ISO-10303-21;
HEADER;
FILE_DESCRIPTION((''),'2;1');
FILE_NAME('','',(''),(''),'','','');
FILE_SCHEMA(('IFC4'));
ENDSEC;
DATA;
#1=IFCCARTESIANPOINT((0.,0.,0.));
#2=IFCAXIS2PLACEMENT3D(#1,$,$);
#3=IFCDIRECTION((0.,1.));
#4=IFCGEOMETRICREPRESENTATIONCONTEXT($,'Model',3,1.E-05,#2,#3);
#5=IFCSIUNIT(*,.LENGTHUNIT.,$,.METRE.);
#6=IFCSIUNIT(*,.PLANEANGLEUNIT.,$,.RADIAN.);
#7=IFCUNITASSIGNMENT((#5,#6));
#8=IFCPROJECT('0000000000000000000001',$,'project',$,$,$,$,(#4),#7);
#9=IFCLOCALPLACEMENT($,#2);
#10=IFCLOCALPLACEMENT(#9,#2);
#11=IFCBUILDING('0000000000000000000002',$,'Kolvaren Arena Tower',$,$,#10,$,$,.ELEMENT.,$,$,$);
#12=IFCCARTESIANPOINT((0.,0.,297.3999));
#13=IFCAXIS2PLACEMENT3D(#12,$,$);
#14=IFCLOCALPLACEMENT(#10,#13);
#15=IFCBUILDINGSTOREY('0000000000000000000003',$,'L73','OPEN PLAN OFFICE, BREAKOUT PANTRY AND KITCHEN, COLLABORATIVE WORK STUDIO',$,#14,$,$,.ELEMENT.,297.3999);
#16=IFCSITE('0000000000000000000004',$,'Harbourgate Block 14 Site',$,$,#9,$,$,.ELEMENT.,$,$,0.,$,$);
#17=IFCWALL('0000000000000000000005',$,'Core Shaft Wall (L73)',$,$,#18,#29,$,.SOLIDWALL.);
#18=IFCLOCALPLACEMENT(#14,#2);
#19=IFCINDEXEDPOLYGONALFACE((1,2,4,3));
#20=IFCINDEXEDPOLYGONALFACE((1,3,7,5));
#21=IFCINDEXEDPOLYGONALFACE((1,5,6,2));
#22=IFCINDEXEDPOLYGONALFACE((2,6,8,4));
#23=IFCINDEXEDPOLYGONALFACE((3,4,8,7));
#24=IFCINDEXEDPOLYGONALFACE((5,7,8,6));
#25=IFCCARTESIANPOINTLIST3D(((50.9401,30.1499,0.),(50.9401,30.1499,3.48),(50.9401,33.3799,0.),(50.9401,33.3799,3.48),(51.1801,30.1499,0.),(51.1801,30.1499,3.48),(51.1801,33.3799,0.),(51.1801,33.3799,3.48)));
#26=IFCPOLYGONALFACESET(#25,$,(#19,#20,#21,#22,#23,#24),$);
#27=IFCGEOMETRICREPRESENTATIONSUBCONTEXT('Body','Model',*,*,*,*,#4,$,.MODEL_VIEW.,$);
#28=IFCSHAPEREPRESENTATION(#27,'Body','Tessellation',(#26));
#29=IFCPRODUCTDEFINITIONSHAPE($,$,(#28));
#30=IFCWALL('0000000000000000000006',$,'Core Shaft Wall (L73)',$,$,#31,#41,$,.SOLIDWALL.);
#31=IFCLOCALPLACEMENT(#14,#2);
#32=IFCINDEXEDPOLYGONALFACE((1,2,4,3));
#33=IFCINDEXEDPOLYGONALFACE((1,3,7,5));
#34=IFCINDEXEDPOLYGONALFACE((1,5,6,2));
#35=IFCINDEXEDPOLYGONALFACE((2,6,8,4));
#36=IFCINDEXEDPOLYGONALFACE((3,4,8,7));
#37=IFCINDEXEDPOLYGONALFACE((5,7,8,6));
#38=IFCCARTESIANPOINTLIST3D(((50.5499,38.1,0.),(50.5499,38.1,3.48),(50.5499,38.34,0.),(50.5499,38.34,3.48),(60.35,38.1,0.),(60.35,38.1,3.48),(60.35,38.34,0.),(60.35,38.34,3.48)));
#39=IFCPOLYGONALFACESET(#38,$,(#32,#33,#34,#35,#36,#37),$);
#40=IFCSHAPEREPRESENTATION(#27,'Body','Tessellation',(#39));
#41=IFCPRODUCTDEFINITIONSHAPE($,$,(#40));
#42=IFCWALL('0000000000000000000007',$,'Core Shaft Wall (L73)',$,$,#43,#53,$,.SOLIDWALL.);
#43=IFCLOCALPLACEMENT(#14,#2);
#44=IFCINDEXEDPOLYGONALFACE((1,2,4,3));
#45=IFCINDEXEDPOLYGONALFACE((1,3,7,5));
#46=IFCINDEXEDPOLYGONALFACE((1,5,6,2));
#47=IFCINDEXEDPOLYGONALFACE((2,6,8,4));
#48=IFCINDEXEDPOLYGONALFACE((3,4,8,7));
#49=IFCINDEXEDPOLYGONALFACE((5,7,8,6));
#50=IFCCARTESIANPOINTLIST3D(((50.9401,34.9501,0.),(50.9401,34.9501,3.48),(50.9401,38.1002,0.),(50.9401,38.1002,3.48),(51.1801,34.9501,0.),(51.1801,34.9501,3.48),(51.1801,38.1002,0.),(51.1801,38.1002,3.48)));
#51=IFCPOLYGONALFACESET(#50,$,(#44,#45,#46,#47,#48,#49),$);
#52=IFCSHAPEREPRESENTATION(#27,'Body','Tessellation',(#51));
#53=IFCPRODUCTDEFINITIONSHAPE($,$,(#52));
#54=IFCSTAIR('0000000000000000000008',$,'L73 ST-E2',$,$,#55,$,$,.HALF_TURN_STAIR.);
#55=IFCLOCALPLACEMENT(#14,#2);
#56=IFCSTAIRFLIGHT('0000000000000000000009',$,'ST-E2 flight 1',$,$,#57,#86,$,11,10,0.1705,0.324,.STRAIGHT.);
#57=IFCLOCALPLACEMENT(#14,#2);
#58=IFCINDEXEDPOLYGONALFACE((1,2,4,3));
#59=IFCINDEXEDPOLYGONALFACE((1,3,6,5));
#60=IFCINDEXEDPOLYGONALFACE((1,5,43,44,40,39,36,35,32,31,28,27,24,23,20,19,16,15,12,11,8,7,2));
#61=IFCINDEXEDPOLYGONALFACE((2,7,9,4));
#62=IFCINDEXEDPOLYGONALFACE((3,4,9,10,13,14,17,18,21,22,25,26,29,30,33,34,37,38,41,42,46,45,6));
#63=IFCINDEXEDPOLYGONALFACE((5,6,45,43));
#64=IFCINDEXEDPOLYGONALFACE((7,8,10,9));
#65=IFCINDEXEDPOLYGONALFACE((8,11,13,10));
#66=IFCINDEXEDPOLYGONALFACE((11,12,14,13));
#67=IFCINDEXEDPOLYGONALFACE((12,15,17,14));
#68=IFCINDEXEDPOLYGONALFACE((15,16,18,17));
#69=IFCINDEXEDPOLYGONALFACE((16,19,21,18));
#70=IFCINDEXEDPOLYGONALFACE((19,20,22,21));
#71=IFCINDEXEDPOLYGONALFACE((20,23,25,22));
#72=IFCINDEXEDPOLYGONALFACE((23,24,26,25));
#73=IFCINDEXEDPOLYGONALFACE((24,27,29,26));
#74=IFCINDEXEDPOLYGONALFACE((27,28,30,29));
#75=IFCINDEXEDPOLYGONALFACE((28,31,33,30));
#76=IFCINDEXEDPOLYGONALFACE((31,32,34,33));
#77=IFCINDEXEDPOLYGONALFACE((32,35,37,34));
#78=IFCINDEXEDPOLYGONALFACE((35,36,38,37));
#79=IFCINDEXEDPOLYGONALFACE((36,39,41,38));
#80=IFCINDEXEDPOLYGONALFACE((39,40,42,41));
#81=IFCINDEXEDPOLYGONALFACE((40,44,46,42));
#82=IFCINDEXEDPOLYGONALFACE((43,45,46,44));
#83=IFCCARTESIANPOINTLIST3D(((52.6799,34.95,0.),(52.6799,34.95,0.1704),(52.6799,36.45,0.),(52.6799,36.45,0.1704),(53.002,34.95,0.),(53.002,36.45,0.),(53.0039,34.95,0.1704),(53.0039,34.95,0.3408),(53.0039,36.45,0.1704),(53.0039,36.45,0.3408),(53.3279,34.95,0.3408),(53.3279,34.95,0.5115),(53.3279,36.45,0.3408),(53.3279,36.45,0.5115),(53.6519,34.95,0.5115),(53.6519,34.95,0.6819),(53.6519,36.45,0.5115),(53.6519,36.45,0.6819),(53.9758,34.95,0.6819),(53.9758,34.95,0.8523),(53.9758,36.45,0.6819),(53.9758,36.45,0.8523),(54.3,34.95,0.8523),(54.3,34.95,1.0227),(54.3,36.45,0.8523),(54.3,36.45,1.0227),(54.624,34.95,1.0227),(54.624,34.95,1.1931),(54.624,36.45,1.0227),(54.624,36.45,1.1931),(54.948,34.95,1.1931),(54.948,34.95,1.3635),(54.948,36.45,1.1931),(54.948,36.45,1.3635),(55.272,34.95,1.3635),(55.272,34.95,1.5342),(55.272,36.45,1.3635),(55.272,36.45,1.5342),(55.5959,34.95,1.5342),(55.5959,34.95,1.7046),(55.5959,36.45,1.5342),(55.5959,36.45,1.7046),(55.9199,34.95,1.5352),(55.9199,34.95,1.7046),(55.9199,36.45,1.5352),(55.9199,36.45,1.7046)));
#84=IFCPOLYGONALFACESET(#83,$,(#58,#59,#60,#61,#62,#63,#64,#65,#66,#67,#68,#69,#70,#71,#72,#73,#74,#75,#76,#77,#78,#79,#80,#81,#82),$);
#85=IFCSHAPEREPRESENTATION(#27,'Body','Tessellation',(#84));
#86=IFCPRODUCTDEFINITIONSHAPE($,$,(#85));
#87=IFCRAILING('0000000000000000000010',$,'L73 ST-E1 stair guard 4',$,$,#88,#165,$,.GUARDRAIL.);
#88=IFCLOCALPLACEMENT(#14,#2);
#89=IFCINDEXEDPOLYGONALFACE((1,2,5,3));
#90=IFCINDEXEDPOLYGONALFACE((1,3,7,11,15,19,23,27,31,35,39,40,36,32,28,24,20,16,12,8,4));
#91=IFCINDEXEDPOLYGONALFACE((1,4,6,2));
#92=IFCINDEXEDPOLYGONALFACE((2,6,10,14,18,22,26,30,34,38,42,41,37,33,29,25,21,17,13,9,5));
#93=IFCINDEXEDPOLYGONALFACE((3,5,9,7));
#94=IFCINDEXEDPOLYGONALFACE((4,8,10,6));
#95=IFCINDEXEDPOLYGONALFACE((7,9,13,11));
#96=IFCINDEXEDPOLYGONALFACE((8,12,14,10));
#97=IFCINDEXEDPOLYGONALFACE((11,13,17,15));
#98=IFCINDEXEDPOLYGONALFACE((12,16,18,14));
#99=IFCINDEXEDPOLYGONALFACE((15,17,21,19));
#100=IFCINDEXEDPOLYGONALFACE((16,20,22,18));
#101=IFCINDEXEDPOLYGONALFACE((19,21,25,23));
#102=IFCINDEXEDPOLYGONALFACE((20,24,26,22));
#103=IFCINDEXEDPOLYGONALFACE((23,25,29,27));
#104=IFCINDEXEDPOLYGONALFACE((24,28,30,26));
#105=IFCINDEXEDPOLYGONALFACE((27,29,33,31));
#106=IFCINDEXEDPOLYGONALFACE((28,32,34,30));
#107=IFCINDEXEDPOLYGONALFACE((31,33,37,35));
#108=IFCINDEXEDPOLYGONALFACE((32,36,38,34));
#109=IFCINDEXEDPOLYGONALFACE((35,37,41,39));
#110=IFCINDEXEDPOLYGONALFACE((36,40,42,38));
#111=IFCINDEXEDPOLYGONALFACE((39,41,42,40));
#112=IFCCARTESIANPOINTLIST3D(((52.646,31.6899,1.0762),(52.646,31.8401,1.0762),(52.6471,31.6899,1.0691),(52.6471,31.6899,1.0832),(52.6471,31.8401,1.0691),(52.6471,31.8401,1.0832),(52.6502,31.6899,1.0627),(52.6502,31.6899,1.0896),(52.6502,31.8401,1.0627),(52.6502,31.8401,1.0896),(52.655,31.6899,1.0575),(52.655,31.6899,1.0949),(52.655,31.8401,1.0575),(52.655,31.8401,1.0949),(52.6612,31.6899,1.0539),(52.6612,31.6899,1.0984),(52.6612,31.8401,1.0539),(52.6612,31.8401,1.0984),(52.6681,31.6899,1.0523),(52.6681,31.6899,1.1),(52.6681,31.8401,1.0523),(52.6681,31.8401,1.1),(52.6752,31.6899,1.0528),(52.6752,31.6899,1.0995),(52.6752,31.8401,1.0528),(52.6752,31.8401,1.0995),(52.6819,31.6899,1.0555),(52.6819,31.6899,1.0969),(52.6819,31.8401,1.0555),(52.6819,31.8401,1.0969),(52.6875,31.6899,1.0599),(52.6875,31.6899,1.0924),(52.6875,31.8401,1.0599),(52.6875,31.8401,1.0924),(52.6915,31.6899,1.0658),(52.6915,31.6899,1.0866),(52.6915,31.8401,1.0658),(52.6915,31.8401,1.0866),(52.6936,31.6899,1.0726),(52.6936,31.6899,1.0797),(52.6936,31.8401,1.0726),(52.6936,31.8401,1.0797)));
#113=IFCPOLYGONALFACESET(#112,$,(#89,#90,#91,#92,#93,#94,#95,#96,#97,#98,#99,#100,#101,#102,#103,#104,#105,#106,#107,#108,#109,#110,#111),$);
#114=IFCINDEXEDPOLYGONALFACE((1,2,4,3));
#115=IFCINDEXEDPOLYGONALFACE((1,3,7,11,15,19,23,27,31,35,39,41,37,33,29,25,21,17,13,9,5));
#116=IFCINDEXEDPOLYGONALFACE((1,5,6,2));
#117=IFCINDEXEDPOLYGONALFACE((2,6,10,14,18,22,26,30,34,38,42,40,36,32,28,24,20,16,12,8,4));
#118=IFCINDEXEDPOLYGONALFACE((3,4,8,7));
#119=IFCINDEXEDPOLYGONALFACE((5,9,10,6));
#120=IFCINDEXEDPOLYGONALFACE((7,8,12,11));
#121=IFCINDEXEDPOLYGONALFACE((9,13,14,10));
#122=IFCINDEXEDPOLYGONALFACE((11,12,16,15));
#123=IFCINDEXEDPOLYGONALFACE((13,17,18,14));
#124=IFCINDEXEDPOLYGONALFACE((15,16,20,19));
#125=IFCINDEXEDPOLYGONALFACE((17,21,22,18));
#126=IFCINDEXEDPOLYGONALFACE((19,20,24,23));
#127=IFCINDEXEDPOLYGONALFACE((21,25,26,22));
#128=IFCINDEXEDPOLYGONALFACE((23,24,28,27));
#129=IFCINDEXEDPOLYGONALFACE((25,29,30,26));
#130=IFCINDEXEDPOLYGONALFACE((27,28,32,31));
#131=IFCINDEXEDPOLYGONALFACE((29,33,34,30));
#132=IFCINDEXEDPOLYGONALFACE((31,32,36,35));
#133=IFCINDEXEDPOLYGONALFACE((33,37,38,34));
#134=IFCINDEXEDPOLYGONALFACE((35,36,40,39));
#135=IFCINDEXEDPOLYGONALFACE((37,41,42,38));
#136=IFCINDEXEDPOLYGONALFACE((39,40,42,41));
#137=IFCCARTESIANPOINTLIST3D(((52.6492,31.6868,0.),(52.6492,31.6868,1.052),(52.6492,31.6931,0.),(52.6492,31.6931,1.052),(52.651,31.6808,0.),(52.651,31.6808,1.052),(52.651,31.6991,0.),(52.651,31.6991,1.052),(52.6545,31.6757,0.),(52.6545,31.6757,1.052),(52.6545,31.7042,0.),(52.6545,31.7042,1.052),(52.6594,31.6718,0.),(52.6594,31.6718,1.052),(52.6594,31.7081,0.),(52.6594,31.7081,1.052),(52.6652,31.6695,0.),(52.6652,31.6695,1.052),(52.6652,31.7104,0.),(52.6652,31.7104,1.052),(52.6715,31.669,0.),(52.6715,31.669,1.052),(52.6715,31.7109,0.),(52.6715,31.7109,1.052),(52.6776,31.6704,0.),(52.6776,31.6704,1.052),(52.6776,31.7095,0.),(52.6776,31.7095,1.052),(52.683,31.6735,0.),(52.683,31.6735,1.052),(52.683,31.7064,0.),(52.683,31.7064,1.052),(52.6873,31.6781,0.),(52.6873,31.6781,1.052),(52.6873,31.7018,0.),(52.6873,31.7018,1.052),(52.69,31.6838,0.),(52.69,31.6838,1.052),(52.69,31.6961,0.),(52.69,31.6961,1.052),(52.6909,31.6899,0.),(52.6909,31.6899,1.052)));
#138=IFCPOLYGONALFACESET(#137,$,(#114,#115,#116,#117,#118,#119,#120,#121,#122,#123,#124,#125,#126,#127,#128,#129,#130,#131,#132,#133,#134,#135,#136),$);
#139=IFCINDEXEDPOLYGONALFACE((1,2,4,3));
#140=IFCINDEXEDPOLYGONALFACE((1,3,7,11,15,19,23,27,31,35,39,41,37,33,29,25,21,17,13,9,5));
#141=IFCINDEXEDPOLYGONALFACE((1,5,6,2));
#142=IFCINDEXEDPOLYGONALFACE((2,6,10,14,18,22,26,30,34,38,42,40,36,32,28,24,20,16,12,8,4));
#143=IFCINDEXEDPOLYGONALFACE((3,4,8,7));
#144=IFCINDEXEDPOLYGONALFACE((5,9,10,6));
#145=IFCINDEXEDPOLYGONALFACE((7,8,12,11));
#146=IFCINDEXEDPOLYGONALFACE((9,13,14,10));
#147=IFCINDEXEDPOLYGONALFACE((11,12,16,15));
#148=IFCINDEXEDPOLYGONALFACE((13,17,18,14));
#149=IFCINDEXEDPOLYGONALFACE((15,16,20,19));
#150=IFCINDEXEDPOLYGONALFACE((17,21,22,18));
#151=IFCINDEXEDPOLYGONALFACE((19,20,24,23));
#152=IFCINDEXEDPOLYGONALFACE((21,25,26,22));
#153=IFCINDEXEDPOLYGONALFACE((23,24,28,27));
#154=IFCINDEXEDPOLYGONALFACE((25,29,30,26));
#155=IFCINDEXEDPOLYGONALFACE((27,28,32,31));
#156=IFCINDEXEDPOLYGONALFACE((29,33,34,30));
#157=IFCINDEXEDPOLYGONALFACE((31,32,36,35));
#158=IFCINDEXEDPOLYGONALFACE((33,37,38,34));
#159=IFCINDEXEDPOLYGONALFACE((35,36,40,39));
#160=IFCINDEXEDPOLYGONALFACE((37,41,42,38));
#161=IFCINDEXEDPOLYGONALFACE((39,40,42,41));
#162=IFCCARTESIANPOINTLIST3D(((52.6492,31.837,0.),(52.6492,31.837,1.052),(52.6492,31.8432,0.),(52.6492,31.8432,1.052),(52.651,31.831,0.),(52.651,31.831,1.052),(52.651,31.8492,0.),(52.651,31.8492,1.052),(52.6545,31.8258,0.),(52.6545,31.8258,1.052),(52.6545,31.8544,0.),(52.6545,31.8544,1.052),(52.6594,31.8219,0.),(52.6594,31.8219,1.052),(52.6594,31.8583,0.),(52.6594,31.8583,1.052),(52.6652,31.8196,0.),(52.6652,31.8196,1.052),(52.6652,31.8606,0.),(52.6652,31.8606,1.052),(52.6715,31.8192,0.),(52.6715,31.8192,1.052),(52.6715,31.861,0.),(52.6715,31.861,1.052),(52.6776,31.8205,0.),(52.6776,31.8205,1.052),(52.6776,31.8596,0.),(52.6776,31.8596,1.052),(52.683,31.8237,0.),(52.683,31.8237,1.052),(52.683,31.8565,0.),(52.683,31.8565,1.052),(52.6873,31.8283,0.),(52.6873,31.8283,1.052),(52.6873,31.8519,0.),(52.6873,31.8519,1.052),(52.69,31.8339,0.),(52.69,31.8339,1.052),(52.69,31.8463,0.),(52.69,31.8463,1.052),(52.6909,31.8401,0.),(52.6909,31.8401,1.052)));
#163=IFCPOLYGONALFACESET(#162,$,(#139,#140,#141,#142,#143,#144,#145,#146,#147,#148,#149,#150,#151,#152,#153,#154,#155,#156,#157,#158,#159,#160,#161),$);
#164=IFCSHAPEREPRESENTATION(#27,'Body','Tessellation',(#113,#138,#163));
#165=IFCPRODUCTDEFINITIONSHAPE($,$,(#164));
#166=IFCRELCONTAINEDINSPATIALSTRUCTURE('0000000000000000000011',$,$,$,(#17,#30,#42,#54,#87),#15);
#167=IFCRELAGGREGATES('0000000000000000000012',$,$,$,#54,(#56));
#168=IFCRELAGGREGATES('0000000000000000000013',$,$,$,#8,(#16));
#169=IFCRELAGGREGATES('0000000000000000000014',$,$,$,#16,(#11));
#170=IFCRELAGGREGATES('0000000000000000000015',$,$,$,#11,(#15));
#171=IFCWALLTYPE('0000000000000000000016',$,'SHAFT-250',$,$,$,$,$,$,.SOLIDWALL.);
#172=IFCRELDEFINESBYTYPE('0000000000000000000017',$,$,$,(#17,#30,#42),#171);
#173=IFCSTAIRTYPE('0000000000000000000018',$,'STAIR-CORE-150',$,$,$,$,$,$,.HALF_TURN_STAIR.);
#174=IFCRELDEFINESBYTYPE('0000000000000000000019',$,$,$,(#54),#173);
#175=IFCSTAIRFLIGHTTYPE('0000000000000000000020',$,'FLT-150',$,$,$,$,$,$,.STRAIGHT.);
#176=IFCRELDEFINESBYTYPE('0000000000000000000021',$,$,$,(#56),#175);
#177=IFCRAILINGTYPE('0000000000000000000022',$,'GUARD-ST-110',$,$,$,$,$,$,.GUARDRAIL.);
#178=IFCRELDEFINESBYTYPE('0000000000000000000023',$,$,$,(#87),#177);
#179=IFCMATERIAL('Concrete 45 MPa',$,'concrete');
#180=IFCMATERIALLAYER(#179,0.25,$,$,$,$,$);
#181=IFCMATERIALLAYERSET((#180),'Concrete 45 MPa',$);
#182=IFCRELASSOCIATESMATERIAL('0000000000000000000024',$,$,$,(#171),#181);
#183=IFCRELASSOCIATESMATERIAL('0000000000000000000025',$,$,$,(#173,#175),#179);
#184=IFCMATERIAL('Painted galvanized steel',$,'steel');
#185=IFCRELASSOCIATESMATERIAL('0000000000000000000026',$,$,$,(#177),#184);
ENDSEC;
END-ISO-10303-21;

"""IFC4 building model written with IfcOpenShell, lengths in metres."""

from ifc_helpers import new_model, si_unit, direction, frame, frame_2d, origin, origin_2d, place, context, subcontext, project, spatial, polyline, rectangle, circle, outline, extrude, material, layer, layer_set, type_object, element, aggregate, save


model = new_model("IFC4")

# Units and contexts
model_context = context("Model", 3, precision=1e-05, world=origin(), true_north=direction((0.0, 1.0)))
body_context = subcontext(model_context, "Body", "Model", "MODEL_VIEW")
ifc_project = project(units=[si_unit("LENGTHUNIT", "METRE"), si_unit("PLANEANGLEUNIT", "RADIAN")], contexts=[model_context])

# Site, building, storey
site_placement = place(None, origin())
site = spatial("IfcSite", under=ifc_project, at=site_placement, Name="Harbourgate Block 14 Site", CompositionType="ELEMENT", RefElevation=0.0)
building_placement = place(site_placement, origin())
building = spatial("IfcBuilding", under=site, at=building_placement, Name="Kolvaren Arena Tower", CompositionType="ELEMENT")
storey_placement = place(building_placement, frame((0.0, 0.0, 297.3999)))
storey = spatial("IfcBuildingStorey", under=building, at=storey_placement, Name="L73", Description="OPEN PLAN OFFICE, BREAKOUT PANTRY AND KITCHEN, COLLABORATIVE WORK STUDIO", CompositionType="ELEMENT", Elevation=297.3999)

# Walls
ifc_material_1 = material(Name="Concrete 45 MPa", Category="concrete")
ifc_layer_1 = layer(ifc_material_1, 0.25)
ifc_layer_set_1 = layer_set([ifc_layer_1], Name="Concrete 45 MPa")
wall_type_1 = type_object("IfcWallType", Name="SHAFT-250", PredefinedType="SOLIDWALL", material=ifc_layer_set_1)
wall_1_placement = place(storey_placement, frame((51.0601, 30.1499, 0.0), z_axis=(0.0, 0.0, 1.0), x_axis=(0.0, 1.0, 0.0)))
element("IfcWall", 1, at=wall_1_placement, inside=storey, type_object=wall_type_1, Name="Core Shaft Wall (L73)", PredefinedType="SOLIDWALL", context=body_context, shape_type="SweptSolid", body=[
    extrude(rectangle(XDim=3.23, YDim=0.24, at=frame_2d((1.615, 0.0))), origin(), (0.0, 0.0, 1.0), 3.48),
])
wall_2_placement = place(storey_placement, frame((50.55, 38.22, 0.0), z_axis=(0.0, 0.0, 1.0), x_axis=(1.0, 0.0, 0.0)))
element("IfcWall", 2, at=wall_2_placement, inside=storey, type_object=wall_type_1, Name="Core Shaft Wall (L73)", PredefinedType="SOLIDWALL", context=body_context, shape_type="SweptSolid", body=[
    extrude(rectangle(XDim=9.8, YDim=0.24, at=frame_2d((4.8999, 0.0))), origin(), (0.0, 0.0, 1.0), 3.48),
])
wall_3_placement = place(storey_placement, frame((51.0601, 34.95, 0.0), z_axis=(0.0, 0.0, 1.0), x_axis=(0.0, 1.0, 0.0)))
element("IfcWall", 3, at=wall_3_placement, inside=storey, type_object=wall_type_1, Name="Core Shaft Wall (L73)", PredefinedType="SOLIDWALL", context=body_context, shape_type="SweptSolid", body=[
    extrude(rectangle(XDim=3.1501, YDim=0.24, at=frame_2d((1.5752, 0.0))), origin(), (0.0, 0.0, 1.0), 3.48),
])

# Stair, stair flight
stair_type = type_object("IfcStairType", Name="STAIR-CORE-150", PredefinedType="HALF_TURN_STAIR", material=ifc_material_1)
stair_placement = place(storey_placement, origin())
stair = element("IfcStair", 4, at=stair_placement, inside=storey, type_object=stair_type, Name="L73 ST-E2", PredefinedType="HALF_TURN_STAIR")
stair_flight_type = type_object("IfcStairFlightType", Name="FLT-150", PredefinedType="STRAIGHT", material=ifc_material_1)
stair_flight_placement = place(storey_placement, frame((52.6799, 35.7, 0.0), z_axis=(0.0, 0.0, 1.0), x_axis=(1.0, 0.0, 0.0)))
stair_flight = element("IfcStairFlight", 5, at=stair_flight_placement, type_object=stair_flight_type, Name="ST-E2 flight 1", NumberOfRisers=11, NumberOfTreads=10, PredefinedType="STRAIGHT", RiserHeight=0.1705, TreadLength=0.324, context=body_context, shape_type="SweptSolid", body=[
    extrude(outline(polyline([(0.0, 0.0), (0.0, 0.1704), (0.324, 0.1704), (0.324, 0.3408), (0.6479, 0.3408), (0.6479, 0.5115), (0.9719, 0.5115), (0.9719, 0.6819), (1.2959, 0.6819), (1.2959, 0.8523), (1.6201, 0.8523), (1.6201, 1.0227), (1.9441, 1.0227), (1.9441, 1.1931), (2.2681, 1.1931), (2.2681, 1.3635), (2.592, 1.3635), (2.592, 1.5342), (2.916, 1.5342), (2.916, 1.7046), (3.24, 1.7046), (3.24, 1.875), (3.24, 1.5352), (0.322, 0.0), (0.0, 0.0)])), frame((0.0, 0.75, 0.0), z_axis=(0.0, -1.0, 0.0), x_axis=(1.0, 0.0, 0.0)), (0.0, 0.0, 1.0), 1.5),
])
aggregate(stair, [stair_flight])

# Railing
ifc_material_2 = material(Name="Painted galvanized steel", Category="steel")
railing_type_1 = type_object("IfcRailingType", Name="GUARD-ST-110", PredefinedType="GUARDRAIL", material=ifc_material_2)
railing_1_placement = place(storey_placement, frame((52.6699, 31.6899, 0.0)))
element("IfcRailing", 6, at=railing_1_placement, inside=storey, type_object=railing_type_1, Name="L73 ST-E1 stair guard 4", PredefinedType="GUARDRAIL", context=body_context, shape_type="SweptSolid", body=[
    extrude(circle(Radius=0.0239, at=origin_2d()), frame((0.0, 0.0, 1.0762), z_axis=(0.0, 1.0, 0.0), x_axis=(-1.0, 0.0, 0.0)), (0.0, 0.0, 1.0), 0.1501),
    extrude(circle(Radius=0.021, at=origin_2d()), origin(), (0.0, 0.0, 1.0), 1.052),
    extrude(circle(Radius=0.021, at=origin_2d()), frame((0.0, 0.1501, 0.0)), (0.0, 0.0, 1.0), 1.052),
])

save(model, "model.ifc")
